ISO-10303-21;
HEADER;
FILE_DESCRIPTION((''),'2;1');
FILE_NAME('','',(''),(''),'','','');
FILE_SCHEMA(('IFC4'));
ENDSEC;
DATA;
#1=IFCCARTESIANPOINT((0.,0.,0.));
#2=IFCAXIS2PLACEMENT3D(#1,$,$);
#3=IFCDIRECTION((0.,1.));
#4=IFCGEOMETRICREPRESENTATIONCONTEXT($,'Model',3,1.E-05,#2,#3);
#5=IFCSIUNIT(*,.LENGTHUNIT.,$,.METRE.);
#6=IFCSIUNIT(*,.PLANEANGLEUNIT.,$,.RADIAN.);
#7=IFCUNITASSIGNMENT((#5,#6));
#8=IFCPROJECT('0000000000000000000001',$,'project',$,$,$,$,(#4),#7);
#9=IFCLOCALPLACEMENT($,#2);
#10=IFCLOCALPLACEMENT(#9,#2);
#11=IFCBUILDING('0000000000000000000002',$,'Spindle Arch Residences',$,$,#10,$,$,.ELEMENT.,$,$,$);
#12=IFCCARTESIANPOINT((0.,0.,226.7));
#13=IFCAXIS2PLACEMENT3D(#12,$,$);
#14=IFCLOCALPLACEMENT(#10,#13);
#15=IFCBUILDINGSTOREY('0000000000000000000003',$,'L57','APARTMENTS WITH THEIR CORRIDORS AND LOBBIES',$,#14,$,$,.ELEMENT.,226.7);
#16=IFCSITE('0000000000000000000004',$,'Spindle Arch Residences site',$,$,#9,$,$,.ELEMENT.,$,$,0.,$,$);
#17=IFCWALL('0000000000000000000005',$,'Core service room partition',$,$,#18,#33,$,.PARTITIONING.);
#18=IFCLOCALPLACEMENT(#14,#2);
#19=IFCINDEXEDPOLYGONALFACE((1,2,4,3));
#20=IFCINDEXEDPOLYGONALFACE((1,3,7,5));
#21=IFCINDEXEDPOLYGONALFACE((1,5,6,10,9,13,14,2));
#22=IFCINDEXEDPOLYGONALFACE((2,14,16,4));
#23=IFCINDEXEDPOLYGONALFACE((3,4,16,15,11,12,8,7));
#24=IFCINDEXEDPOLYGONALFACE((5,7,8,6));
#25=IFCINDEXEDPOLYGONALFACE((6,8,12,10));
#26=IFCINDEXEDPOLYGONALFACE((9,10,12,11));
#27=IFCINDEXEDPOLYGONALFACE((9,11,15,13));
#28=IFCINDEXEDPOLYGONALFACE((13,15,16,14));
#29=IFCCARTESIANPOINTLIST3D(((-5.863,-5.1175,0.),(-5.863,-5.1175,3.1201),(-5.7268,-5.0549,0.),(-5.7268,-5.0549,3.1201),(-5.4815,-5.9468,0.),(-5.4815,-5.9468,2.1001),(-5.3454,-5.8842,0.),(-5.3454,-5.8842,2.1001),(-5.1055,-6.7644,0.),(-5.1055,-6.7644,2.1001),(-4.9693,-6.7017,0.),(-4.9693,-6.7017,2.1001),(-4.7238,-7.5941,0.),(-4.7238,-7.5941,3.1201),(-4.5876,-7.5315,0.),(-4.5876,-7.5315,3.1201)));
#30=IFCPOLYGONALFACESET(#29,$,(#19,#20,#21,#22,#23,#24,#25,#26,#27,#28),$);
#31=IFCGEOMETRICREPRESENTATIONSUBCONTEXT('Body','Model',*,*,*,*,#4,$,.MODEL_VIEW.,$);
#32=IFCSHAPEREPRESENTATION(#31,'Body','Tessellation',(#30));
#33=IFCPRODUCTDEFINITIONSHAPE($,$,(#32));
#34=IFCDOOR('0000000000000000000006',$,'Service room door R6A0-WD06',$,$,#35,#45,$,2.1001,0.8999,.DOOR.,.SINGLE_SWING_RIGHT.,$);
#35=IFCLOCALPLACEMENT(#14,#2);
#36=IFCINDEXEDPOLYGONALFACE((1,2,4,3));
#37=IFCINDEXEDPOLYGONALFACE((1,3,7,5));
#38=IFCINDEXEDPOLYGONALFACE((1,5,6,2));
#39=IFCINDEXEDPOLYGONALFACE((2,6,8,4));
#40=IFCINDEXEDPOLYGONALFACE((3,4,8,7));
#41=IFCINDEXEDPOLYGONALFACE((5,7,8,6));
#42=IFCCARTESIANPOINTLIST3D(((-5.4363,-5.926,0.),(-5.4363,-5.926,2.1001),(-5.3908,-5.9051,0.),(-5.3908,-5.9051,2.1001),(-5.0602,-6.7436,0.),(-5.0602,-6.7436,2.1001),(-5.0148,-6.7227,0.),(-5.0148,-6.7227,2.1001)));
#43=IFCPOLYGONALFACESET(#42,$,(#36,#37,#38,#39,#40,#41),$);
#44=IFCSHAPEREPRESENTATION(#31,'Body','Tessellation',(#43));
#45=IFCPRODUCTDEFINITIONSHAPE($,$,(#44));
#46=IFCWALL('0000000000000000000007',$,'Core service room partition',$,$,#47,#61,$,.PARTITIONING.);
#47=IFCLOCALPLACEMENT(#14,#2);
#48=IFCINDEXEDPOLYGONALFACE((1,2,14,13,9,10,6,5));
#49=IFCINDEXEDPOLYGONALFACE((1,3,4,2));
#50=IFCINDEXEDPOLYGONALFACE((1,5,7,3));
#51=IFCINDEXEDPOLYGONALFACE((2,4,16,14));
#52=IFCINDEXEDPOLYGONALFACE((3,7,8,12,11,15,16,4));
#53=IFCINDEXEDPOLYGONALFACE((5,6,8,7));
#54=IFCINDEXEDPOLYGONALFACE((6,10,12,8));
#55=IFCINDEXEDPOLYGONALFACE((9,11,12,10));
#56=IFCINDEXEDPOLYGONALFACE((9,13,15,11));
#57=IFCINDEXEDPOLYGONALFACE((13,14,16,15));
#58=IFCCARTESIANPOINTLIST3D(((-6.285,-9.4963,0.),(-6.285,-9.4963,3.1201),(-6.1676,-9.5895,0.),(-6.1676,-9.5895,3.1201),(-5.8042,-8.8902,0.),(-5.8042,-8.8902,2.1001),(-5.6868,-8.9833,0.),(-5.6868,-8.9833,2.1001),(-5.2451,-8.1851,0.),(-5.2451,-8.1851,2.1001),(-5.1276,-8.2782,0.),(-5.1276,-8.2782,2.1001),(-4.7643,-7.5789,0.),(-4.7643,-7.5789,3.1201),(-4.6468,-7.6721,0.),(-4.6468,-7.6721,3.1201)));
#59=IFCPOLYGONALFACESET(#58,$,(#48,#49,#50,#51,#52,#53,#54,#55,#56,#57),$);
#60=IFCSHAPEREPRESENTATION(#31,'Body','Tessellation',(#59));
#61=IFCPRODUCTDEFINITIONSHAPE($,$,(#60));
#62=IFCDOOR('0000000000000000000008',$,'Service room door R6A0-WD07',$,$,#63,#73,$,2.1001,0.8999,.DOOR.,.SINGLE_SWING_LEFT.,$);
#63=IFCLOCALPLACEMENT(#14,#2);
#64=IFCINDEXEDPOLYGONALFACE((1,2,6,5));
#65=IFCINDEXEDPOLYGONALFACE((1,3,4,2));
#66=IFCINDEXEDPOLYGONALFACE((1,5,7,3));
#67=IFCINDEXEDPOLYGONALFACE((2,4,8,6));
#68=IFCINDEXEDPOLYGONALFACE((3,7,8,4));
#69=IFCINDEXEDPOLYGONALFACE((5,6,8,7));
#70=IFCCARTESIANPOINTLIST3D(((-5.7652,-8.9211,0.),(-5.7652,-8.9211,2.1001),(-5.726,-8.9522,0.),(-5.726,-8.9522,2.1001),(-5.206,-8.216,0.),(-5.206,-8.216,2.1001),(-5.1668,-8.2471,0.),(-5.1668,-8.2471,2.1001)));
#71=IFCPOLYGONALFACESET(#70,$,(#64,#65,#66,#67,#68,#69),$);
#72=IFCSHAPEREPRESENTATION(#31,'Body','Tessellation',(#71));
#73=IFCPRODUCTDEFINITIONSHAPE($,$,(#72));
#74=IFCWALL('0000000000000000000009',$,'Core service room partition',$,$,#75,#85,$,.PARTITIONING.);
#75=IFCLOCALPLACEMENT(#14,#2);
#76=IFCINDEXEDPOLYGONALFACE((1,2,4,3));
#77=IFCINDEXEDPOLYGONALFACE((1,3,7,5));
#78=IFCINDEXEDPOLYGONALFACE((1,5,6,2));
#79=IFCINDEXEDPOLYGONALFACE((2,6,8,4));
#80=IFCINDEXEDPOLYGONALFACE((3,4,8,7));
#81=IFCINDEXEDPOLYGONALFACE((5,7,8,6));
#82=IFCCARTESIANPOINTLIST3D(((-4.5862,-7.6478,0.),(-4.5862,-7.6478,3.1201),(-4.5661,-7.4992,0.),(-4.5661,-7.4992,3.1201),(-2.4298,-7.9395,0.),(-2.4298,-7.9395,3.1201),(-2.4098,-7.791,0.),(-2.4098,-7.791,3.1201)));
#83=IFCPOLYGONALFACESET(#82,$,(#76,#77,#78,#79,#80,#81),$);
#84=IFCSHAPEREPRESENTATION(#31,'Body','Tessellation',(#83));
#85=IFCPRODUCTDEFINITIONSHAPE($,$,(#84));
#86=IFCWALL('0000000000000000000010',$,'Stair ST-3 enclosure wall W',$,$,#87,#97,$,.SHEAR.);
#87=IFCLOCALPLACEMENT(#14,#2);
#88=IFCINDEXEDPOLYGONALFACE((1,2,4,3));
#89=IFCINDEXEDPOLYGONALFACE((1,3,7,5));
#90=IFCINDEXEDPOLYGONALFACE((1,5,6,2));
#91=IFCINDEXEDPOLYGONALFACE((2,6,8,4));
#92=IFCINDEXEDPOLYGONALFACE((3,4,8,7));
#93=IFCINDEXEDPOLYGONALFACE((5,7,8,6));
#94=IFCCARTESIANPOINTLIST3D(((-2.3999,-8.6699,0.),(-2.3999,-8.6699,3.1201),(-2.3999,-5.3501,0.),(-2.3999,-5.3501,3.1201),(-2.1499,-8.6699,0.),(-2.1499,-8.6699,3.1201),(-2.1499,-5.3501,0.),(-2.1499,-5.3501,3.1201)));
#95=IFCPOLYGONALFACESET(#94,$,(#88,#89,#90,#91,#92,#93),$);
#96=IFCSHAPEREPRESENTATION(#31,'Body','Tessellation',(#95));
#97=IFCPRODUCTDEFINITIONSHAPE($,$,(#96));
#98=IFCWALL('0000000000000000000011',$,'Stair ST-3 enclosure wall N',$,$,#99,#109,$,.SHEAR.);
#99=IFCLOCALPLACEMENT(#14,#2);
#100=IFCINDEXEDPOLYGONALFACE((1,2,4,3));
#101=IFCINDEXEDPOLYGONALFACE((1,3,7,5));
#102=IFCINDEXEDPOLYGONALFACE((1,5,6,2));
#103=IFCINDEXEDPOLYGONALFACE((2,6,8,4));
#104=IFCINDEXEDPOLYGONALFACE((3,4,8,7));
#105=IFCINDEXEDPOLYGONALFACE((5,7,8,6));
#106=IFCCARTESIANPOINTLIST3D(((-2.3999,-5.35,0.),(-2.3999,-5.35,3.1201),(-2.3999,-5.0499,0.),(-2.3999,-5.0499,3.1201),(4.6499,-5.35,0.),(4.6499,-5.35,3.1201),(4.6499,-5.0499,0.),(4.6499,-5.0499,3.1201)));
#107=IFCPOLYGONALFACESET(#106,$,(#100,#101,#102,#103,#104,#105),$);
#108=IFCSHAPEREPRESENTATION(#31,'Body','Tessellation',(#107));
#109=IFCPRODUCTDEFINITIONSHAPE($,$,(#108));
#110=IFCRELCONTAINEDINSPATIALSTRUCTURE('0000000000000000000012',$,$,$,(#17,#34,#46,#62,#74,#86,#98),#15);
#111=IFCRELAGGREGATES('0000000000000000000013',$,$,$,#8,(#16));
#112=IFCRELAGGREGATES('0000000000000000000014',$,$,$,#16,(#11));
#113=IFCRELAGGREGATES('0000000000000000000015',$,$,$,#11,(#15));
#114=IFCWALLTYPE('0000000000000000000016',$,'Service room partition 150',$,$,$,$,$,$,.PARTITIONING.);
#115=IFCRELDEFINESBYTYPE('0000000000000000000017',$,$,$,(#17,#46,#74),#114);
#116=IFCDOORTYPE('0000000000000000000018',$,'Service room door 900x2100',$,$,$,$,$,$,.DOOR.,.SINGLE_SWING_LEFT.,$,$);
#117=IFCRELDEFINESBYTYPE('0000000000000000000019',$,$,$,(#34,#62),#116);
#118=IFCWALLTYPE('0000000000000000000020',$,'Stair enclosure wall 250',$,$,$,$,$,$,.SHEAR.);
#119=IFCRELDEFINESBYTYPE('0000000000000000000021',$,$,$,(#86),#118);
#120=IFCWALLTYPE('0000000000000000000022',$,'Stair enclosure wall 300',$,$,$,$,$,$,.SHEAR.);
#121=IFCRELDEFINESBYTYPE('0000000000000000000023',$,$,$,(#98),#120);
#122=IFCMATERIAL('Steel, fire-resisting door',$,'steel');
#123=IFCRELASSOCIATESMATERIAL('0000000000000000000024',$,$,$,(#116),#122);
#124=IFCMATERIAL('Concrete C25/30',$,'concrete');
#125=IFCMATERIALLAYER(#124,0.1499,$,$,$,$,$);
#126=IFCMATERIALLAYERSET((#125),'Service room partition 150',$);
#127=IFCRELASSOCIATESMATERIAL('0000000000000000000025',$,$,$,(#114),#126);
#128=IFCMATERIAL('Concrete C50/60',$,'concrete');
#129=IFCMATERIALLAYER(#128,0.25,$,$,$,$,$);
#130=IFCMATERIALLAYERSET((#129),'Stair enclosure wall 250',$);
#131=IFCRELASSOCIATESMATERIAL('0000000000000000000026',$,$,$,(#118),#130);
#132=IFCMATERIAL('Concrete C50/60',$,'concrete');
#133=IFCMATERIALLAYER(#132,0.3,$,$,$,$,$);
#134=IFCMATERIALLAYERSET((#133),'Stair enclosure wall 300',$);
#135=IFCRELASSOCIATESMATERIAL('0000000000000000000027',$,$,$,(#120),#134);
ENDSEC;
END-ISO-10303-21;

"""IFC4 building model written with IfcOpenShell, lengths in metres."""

from ifc_helpers import new_model, si_unit, direction, frame, frame_2d, origin, place, context, subcontext, project, spatial, rectangle, extrude, material, layer, layer_set, type_object, element, fill, save


model = new_model("IFC4")

# Units and contexts
model_context = context("Model", 3, precision=1e-05, world=origin(), true_north=direction((0.0, 1.0)))
body_context = subcontext(model_context, "Body", "Model", "MODEL_VIEW")
ifc_project = project(units=[si_unit("LENGTHUNIT", "METRE"), si_unit("PLANEANGLEUNIT", "RADIAN")], contexts=[model_context])

# Site, building, storey
site_placement = place(None, origin())
site = spatial("IfcSite", under=ifc_project, at=site_placement, Name="Spindle Arch Residences site", CompositionType="ELEMENT", RefElevation=0.0)
building_placement = place(site_placement, origin())
building = spatial("IfcBuilding", under=site, at=building_placement, Name="Spindle Arch Residences", CompositionType="ELEMENT")
storey_placement = place(building_placement, frame((0.0, 0.0, 226.7)))
storey = spatial("IfcBuildingStorey", under=building, at=storey_placement, Name="L57", Description="APARTMENTS WITH THEIR CORRIDORS AND LOBBIES", CompositionType="ELEMENT", Elevation=226.7)

# Shared definitions
ifc_material_1 = material(Name="Steel, fire-resisting door", Category="steel")
door_type_1 = type_object("IfcDoorType", Name="Service room door 900x2100", OperationType="SINGLE_SWING_LEFT", PredefinedType="DOOR", material=ifc_material_1)

# Walls, openings, doors
ifc_material_2 = material(Name="Concrete C25/30", Category="concrete")
ifc_layer_1 = layer(ifc_material_2, 0.1499)
ifc_layer_set_1 = layer_set([ifc_layer_1], Name="Service room partition 150")
wall_type_1 = type_object("IfcWallType", Name="Service room partition 150", PredefinedType="PARTITIONING", material=ifc_layer_set_1)
wall_1_placement = place(storey_placement, frame((-5.7949, -5.0862, 0.0), z_axis=(0.0, 0.0, 1.0), x_axis=(0.417888, -0.908499, 0.0)))
wall_1 = element("IfcWall", 1, at=wall_1_placement, inside=storey, type_object=wall_type_1, Name="Core service room partition", PredefinedType="PARTITIONING", context=body_context, shape_type="SweptSolid", body=[
    extrude(rectangle(XDim=2.7261, YDim=0.1499, at=frame_2d((1.363, 0.0))), origin(), (0.0, 0.0, 1.0), 3.1201),
])
opening_1_placement = place(wall_1_placement, frame((0.9128, 0.0, 0.0)))
opening_1 = element("IfcOpeningElement", 2, at=opening_1_placement, cuts=wall_1, PredefinedType="OPENING", context=body_context, shape_type="SweptSolid", body=[
    extrude(rectangle(XDim=0.8999, YDim=2.1001, at=frame_2d((0.45, 1.05))), frame((0.0, 0.085, 0.0), z_axis=(0.0, -1.0, 0.0), x_axis=(1.0, 0.0, 0.0)), (0.0, 0.0, 1.0), 0.1699),
])
door_1_placement = place(opening_1_placement, origin())
door_1 = element("IfcDoor", 3, at=door_1_placement, inside=storey, type_object=door_type_1, Name="Service room door R6A0-WD06", OperationType="SINGLE_SWING_RIGHT", OverallHeight=2.1001, OverallWidth=0.8999, PredefinedType="DOOR", context=body_context, shape_type="SweptSolid", body=[
    extrude(rectangle(XDim=0.8999, YDim=2.1001, at=frame_2d((0.45, 1.05))), frame((0.0, 0.0249, 0.0), z_axis=(0.0, -1.0, 0.0), x_axis=(1.0, 0.0, 0.0)), (0.0, 0.0, 1.0), 0.05),
])
fill(opening_1, door_1)
wall_2_placement = place(storey_placement, frame((-4.7056, -7.6255, 0.0), z_axis=(0.0, 0.0, 1.0), x_axis=(-0.621393, -0.783499, 0.0)))
wall_2 = element("IfcWall", 4, at=wall_2_placement, inside=storey, type_object=wall_type_1, Name="Core service room partition", PredefinedType="PARTITIONING", context=body_context, shape_type="SweptSolid", body=[
    extrude(rectangle(XDim=2.4473, YDim=0.1499, at=frame_2d((1.2236, 0.0))), origin(), (0.0, 0.0, 1.0), 3.1201),
])
opening_2_placement = place(wall_2_placement, frame((0.7737, 0.0, 0.0)))
opening_2 = element("IfcOpeningElement", 5, at=opening_2_placement, cuts=wall_2, PredefinedType="OPENING", context=body_context, shape_type="SweptSolid", body=[
    extrude(rectangle(XDim=0.8999, YDim=2.1001, at=frame_2d((0.45, 1.05))), frame((0.0, 0.085, 0.0), z_axis=(0.0, -1.0, 0.0), x_axis=(1.0, 0.0, 0.0)), (0.0, 0.0, 1.0), 0.1699),
])
door_2_placement = place(opening_2_placement, origin())
door_2 = element("IfcDoor", 6, at=door_2_placement, inside=storey, type_object=door_type_1, Name="Service room door R6A0-WD07", OperationType="SINGLE_SWING_LEFT", OverallHeight=2.1001, OverallWidth=0.8999, PredefinedType="DOOR", context=body_context, shape_type="SweptSolid", body=[
    extrude(rectangle(XDim=0.8999, YDim=2.1001, at=frame_2d((0.45, 1.05))), frame((0.0, 0.0249, 0.0), z_axis=(0.0, -1.0, 0.0), x_axis=(1.0, 0.0, 0.0)), (0.0, 0.0, 1.0), 0.05),
])
fill(opening_2, door_2)

# Walls
wall_3_placement = place(storey_placement, frame((-2.4199, -7.8652, 0.0), z_axis=(0.0, 0.0, 1.0), x_axis=(-0.990972, 0.134067, 0.0)))
element("IfcWall", 7, at=wall_3_placement, inside=storey, type_object=wall_type_1, Name="Core service room partition", PredefinedType="PARTITIONING", context=body_context, shape_type="SweptSolid", body=[
    extrude(rectangle(XDim=2.176, YDim=0.1499, at=frame_2d((1.0879, 0.0))), origin(), (0.0, 0.0, 1.0), 3.1201),
])
ifc_material_3 = material(Name="Concrete C50/60", Category="concrete")
ifc_layer_2 = layer(ifc_material_3, 0.25)
ifc_layer_set_2 = layer_set([ifc_layer_2], Name="Stair enclosure wall 250")
wall_type_2 = type_object("IfcWallType", Name="Stair enclosure wall 250", PredefinedType="SHEAR", material=ifc_layer_set_2)
wall_4_placement = place(storey_placement, frame((-2.2749, -8.6699, 0.0), z_axis=(0.0, 0.0, 1.0), x_axis=(0.0, 1.0, 0.0)))
element("IfcWall", 8, at=wall_4_placement, inside=storey, type_object=wall_type_2, Name="Stair ST-3 enclosure wall W", PredefinedType="SHEAR", context=body_context, shape_type="SweptSolid", body=[
    extrude(rectangle(XDim=3.3198, YDim=0.25, at=frame_2d((1.6599, 0.0))), origin(), (0.0, 0.0, 1.0), 3.1201),
])
ifc_material_4 = material(Name="Concrete C50/60", Category="concrete")
ifc_layer_3 = layer(ifc_material_4, 0.3)
ifc_layer_set_3 = layer_set([ifc_layer_3], Name="Stair enclosure wall 300")
wall_type_3 = type_object("IfcWallType", Name="Stair enclosure wall 300", PredefinedType="SHEAR", material=ifc_layer_set_3)
wall_5_placement = place(storey_placement, frame((-2.3999, -5.2, 0.0), z_axis=(0.0, 0.0, 1.0), x_axis=(1.0, 0.0, 0.0)))
element("IfcWall", 9, at=wall_5_placement, inside=storey, type_object=wall_type_3, Name="Stair ST-3 enclosure wall N", PredefinedType="SHEAR", context=body_context, shape_type="SweptSolid", body=[
    extrude(rectangle(XDim=7.0498, YDim=0.3, at=frame_2d((3.5249, 0.0))), origin(), (0.0, 0.0, 1.0), 3.1201),
])

save(model, "model.ifc")
